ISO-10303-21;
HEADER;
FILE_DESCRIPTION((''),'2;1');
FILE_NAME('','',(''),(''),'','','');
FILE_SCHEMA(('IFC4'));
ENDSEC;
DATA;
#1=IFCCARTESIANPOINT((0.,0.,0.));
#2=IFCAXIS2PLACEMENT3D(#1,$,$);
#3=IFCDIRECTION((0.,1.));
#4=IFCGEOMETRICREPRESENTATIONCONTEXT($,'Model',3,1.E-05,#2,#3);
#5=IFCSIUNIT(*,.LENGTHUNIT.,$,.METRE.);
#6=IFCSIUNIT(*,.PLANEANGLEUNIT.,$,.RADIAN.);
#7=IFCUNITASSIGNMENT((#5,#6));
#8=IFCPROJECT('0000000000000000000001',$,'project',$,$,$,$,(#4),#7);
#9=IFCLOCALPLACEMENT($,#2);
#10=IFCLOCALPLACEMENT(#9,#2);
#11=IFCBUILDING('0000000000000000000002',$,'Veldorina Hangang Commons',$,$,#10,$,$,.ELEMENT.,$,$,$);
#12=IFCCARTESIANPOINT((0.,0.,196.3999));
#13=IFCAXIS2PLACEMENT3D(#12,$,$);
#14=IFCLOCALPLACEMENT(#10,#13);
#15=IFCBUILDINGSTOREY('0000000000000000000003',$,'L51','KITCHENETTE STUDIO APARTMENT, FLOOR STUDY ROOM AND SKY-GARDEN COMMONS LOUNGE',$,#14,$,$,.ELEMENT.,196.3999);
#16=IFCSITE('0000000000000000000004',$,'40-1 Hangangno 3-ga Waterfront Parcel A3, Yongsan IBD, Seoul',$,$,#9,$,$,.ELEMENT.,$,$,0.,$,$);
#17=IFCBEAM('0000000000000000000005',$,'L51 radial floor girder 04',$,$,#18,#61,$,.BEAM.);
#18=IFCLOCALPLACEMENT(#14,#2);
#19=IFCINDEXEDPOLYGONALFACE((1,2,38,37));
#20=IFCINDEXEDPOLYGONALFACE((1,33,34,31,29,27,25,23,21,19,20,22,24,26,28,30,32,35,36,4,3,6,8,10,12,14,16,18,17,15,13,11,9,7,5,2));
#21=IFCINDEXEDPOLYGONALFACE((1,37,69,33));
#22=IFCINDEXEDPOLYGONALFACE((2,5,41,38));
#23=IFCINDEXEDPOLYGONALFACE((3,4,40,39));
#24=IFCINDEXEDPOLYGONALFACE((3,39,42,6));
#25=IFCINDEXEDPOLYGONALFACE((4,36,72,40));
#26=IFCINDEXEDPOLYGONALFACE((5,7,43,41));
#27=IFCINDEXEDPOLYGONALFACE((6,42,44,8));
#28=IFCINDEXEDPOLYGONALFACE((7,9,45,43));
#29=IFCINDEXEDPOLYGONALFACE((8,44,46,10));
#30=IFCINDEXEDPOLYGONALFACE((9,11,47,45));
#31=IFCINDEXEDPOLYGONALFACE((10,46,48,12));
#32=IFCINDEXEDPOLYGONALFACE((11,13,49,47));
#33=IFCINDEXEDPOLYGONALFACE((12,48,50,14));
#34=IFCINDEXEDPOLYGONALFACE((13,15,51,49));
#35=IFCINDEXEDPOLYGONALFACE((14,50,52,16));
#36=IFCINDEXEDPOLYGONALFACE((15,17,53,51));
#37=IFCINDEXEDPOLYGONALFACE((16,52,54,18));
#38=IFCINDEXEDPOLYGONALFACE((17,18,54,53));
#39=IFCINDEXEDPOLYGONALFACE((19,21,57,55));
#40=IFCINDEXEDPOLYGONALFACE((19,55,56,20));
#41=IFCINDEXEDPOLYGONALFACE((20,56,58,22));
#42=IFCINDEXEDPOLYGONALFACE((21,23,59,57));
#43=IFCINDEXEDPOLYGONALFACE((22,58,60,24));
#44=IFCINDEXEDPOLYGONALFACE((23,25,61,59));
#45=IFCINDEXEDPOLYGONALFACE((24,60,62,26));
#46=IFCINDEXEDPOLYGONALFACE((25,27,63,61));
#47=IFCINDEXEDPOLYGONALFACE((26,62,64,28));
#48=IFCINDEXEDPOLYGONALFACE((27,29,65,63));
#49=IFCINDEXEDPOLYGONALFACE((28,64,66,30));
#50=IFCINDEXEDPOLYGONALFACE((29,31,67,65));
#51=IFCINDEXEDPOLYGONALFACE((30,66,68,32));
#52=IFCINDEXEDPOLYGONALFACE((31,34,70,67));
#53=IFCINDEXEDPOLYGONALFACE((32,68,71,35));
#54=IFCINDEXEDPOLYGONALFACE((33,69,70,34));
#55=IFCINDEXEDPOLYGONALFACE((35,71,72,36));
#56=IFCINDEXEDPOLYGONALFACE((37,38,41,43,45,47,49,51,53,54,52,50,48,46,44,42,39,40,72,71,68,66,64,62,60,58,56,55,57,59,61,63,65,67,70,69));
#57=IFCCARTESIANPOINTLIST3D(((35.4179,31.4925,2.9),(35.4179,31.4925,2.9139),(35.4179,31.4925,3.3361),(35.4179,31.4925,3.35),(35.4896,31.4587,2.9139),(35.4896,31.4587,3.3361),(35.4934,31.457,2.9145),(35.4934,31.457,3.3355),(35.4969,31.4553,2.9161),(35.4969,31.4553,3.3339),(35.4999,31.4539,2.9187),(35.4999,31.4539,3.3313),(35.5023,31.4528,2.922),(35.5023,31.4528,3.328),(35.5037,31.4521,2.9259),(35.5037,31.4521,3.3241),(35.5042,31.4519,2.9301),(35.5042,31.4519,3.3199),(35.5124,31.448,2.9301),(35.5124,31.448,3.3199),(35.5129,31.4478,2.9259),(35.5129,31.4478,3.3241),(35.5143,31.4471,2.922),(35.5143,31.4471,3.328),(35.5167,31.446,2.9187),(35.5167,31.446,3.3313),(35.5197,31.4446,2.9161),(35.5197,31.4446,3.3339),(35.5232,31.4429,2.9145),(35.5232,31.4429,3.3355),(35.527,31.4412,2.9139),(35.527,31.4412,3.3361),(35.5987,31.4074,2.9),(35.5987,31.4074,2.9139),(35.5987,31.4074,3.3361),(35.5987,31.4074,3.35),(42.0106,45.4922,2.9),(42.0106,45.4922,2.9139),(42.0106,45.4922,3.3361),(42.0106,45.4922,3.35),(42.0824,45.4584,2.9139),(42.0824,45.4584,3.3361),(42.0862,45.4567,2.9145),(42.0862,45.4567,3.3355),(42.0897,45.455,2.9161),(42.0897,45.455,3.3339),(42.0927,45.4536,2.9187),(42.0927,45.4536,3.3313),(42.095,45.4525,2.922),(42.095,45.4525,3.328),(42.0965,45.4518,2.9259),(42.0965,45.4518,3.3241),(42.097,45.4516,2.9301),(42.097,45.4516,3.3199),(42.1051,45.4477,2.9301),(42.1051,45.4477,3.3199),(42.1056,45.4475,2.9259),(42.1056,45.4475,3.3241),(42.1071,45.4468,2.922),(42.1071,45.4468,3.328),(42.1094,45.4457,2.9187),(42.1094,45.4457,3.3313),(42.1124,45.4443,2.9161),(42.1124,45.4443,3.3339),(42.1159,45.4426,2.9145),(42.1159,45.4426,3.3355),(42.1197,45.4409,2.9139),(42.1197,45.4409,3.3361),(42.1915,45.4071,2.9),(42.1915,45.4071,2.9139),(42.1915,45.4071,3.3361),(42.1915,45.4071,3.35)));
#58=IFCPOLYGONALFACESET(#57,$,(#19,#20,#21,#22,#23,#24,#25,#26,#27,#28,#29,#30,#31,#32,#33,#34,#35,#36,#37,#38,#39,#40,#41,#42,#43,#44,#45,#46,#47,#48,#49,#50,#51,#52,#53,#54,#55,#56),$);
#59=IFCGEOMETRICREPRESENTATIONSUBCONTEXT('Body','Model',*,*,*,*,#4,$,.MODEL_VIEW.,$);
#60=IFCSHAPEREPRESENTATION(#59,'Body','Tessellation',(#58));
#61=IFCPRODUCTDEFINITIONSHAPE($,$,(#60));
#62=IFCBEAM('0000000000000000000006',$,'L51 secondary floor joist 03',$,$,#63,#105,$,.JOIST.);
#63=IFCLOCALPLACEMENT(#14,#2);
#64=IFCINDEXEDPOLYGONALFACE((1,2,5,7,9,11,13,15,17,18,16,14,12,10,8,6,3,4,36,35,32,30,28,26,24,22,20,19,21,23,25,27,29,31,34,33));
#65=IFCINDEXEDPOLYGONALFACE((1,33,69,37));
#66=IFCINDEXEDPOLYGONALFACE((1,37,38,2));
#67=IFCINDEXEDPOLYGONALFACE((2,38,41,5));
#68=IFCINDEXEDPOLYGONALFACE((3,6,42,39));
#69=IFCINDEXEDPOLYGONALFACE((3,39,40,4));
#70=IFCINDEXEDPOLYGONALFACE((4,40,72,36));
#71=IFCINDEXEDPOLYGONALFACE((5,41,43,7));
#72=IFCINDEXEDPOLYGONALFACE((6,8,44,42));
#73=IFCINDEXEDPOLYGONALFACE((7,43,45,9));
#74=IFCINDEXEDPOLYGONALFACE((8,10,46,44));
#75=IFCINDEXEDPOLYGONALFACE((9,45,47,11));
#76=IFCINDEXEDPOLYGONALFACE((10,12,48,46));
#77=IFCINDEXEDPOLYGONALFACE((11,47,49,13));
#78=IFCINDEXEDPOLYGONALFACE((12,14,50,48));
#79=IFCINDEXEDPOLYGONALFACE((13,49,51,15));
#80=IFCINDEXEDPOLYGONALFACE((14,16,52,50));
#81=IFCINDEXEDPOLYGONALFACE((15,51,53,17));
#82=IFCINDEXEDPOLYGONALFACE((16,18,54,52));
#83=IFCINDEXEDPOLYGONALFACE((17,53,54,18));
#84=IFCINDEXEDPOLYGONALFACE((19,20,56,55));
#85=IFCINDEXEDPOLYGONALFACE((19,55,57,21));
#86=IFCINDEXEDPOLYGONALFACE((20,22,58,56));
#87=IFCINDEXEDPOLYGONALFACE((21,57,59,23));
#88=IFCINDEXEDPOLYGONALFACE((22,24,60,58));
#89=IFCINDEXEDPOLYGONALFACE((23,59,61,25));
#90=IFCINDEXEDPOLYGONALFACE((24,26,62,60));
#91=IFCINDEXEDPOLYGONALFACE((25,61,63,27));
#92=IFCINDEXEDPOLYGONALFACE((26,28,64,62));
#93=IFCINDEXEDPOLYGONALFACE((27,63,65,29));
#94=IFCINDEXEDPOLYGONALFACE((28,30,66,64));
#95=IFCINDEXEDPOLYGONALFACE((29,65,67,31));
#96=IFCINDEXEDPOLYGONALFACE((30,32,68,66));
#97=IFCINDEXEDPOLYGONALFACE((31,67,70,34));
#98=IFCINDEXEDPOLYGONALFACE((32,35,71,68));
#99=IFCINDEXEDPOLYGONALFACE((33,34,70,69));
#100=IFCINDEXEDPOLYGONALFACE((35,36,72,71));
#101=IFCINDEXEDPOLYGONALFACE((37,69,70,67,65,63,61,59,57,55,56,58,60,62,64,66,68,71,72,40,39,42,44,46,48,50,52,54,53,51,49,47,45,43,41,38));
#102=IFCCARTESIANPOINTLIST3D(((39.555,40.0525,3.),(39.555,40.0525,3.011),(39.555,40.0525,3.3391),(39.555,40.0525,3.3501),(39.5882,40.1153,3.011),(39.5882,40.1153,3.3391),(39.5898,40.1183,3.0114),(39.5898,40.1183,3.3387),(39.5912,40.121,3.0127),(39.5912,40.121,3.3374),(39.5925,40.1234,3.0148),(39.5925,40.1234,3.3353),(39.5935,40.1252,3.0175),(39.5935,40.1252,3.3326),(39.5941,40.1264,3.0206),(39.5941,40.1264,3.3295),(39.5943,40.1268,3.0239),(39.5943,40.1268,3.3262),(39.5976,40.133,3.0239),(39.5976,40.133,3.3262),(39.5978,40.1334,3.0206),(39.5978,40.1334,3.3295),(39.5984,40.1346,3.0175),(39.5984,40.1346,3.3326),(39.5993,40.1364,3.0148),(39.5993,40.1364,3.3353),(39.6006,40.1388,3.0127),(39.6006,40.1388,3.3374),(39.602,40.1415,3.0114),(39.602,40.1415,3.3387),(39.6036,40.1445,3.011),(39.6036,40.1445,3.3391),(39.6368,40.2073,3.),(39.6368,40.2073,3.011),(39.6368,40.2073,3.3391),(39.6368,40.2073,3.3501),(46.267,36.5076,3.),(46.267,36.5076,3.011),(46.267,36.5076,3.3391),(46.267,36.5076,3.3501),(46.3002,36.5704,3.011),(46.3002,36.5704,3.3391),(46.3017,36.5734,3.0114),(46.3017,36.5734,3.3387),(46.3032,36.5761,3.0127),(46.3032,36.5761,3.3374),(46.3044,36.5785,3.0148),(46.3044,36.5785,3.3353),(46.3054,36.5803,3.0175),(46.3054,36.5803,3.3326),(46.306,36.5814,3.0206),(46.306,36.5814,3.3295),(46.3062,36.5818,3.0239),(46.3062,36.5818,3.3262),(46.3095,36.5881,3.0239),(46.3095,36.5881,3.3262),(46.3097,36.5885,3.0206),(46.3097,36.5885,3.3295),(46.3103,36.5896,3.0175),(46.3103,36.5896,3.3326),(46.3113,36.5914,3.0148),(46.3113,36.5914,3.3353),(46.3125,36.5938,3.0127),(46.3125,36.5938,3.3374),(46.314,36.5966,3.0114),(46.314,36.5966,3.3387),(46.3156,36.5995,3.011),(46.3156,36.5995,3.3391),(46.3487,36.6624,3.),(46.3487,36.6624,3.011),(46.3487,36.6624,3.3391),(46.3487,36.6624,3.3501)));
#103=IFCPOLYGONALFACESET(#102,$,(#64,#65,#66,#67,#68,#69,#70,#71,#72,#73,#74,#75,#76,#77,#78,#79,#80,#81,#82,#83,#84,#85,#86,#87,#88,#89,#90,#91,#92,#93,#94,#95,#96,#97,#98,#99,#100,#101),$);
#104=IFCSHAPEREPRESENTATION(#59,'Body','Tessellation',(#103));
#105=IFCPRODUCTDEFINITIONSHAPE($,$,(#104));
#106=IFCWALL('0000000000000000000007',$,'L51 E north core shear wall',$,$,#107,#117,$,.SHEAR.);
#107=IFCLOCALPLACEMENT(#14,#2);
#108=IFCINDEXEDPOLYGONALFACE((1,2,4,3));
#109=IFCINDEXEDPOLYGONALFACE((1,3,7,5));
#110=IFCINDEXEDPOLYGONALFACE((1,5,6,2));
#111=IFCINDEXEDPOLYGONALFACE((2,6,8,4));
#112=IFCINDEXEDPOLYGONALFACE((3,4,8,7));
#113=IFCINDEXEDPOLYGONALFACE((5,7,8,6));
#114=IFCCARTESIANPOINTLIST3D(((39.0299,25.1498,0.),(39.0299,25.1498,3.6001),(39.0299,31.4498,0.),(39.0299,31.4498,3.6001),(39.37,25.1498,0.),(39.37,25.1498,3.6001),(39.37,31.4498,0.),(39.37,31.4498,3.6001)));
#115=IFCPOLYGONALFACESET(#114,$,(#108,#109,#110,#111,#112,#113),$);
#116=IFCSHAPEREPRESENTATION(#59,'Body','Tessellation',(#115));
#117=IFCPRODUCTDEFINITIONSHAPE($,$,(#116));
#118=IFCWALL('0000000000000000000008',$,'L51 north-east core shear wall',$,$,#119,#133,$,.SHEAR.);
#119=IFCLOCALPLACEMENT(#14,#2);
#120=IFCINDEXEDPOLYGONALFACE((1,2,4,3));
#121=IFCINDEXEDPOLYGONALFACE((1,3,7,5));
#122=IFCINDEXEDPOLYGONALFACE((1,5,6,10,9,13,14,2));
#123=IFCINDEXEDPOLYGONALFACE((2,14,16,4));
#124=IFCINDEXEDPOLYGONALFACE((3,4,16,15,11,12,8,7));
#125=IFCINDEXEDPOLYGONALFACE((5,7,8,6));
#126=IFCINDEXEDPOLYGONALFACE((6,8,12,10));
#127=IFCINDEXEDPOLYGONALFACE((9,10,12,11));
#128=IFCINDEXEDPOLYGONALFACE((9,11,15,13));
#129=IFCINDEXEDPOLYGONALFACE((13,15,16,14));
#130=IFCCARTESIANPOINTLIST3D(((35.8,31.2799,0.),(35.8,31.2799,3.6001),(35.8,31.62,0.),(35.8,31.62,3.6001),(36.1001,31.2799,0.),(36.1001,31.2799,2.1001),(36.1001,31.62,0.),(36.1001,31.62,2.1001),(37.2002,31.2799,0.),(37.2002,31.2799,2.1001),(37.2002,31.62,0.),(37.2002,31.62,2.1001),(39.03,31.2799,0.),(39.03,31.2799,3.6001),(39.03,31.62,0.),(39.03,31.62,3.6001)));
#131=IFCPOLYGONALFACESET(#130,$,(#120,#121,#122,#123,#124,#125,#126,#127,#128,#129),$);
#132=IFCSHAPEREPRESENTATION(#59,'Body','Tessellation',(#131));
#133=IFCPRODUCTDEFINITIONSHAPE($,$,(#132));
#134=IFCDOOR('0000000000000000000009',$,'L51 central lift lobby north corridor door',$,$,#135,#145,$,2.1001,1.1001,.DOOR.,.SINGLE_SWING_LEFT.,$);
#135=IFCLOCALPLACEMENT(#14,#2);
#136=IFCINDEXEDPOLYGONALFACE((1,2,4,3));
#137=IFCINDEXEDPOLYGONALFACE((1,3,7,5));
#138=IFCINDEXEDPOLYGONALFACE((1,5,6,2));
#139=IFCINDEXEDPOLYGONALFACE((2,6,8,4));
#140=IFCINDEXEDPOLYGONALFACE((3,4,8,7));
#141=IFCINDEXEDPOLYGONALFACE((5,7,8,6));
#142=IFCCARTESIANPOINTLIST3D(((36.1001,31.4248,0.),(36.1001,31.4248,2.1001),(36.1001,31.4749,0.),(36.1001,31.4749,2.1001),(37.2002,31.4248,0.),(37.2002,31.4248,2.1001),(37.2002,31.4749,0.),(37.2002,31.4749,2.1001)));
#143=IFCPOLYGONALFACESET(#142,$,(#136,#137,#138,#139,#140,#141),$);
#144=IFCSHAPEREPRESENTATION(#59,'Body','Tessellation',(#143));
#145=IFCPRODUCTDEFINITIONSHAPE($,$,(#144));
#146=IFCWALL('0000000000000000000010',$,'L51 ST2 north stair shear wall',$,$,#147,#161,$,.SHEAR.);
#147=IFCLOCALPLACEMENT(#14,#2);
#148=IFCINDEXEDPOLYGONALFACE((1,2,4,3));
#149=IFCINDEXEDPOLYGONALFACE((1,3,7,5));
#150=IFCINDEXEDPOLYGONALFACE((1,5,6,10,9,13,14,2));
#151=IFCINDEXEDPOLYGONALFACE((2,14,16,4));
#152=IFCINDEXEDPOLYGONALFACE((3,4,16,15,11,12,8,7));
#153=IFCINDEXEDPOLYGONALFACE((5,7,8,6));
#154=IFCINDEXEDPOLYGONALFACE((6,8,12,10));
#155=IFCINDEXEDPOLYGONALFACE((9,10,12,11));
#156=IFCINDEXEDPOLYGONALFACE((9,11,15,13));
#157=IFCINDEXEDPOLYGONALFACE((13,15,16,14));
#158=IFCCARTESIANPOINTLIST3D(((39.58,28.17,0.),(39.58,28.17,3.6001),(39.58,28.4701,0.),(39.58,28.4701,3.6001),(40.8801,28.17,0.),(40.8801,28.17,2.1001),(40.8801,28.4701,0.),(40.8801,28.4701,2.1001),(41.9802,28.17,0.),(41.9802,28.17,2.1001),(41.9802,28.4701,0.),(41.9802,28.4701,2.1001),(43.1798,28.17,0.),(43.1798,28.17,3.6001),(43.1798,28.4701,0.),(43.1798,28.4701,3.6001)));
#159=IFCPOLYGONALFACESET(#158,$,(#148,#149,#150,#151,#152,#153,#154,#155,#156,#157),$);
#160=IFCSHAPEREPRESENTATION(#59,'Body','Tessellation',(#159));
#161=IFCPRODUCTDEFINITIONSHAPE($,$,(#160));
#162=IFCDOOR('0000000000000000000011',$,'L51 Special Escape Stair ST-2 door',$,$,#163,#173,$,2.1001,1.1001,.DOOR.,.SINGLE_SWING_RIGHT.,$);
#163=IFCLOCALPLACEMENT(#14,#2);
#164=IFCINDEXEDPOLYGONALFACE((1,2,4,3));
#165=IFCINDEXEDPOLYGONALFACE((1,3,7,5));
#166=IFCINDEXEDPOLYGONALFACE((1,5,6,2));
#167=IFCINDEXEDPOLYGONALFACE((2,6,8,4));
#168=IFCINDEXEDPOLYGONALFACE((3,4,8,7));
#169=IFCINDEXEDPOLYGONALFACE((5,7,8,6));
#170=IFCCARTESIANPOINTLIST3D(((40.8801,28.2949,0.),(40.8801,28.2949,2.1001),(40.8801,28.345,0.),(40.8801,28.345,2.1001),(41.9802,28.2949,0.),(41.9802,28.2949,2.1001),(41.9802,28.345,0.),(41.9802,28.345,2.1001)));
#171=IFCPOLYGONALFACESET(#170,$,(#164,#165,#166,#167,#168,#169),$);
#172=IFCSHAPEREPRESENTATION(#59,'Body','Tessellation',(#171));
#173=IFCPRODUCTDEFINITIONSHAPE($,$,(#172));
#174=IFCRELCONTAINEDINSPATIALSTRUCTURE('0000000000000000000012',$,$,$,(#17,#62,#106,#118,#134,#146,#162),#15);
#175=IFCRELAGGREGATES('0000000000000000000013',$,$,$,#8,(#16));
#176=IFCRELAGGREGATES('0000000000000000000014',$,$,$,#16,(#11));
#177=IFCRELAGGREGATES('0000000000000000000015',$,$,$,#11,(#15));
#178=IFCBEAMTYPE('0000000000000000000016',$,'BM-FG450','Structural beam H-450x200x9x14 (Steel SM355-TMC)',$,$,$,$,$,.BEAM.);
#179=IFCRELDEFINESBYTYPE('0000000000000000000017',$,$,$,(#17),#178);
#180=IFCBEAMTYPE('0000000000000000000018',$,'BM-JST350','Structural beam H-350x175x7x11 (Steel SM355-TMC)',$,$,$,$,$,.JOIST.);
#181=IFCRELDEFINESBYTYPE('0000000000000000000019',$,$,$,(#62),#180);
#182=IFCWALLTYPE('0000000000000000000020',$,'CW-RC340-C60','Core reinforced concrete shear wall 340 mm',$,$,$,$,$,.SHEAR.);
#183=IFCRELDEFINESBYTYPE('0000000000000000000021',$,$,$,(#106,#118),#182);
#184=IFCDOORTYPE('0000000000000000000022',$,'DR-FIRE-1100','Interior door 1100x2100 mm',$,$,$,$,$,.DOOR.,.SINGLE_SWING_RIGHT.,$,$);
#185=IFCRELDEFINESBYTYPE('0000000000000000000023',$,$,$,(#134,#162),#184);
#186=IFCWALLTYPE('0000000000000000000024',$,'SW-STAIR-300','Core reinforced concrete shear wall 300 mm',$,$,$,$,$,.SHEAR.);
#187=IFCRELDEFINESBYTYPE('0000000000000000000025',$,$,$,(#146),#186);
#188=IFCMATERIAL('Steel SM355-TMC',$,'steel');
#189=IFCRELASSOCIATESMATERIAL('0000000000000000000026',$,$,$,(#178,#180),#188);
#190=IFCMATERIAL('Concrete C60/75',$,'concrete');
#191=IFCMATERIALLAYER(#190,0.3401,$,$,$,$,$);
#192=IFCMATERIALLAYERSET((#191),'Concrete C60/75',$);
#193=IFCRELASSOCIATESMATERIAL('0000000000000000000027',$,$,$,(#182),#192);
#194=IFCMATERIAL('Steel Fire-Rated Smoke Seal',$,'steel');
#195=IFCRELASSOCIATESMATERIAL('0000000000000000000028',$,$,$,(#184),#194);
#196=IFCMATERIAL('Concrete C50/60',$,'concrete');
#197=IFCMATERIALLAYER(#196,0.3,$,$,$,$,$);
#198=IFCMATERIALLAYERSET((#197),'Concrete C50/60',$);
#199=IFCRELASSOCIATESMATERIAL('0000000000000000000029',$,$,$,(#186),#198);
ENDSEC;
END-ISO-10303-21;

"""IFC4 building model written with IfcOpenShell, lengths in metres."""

from ifc_helpers import new_model, si_unit, direction, frame, frame_2d, origin, origin_2d, place, context, subcontext, project, spatial, rectangle, i_section, extrude, material, layer, layer_set, material_profile, profile_set, type_object, element, fill, save


model = new_model("IFC4")

# Units and contexts
model_context = context("Model", 3, precision=1e-05, world=origin(), true_north=direction((0.0, 1.0)))
body_context = subcontext(model_context, "Body", "Model", "MODEL_VIEW")
ifc_project = project(units=[si_unit("LENGTHUNIT", "METRE"), si_unit("PLANEANGLEUNIT", "RADIAN")], contexts=[model_context])

# Site, building, storey
site_placement = place(None, origin())
site = spatial("IfcSite", under=ifc_project, at=site_placement, Name="40-1 Hangangno 3-ga Waterfront Parcel A3, Yongsan IBD, Seoul", CompositionType="ELEMENT", RefElevation=0.0)
building_placement = place(site_placement, origin())
building = spatial("IfcBuilding", under=site, at=building_placement, Name="Veldorina Hangang Commons", CompositionType="ELEMENT")
storey_placement = place(building_placement, frame((0.0, 0.0, 196.3999)))
storey = spatial("IfcBuildingStorey", under=building, at=storey_placement, Name="L51", Description="KITCHENETTE STUDIO APARTMENT, FLOOR STUDY ROOM AND SKY-GARDEN COMMONS LOUNGE", CompositionType="ELEMENT", Elevation=196.3999)

# Beams
ifc_material_1 = material(Name="Concrete C60/75", Category="concrete")
ifc_material_2 = material(Name="Steel SM355-TMC", Category="steel")
ifc_material_profile_1 = material_profile(ifc_material_2, i_section(OverallWidth=0.2, OverallDepth=0.45, WebThickness=0.009, FlangeThickness=0.0139, FilletRadius=0.0161, at=origin_2d()), Name="H-450x200x9x14")
ifc_profile_set_1 = profile_set([ifc_material_profile_1], Name="Steel SM355-TMC")
beam_type_1 = type_object("IfcBeamType", Name="BM-FG450", Description="Structural beam H-450x200x9x14 (Steel SM355-TMC)", PredefinedType="BEAM", material=ifc_profile_set_1)
beam_1_placement = place(storey_placement, frame((35.5083, 31.45, 3.125), z_axis=(0.426043, 0.904703, 0.0), x_axis=(-0.904703, 0.426043, 0.0)))
element("IfcBeam", 1, at=beam_1_placement, inside=storey, type_object=beam_type_1, Name="L51 radial floor girder 04", PredefinedType="BEAM", context=body_context, shape_type="SweptSolid", body=[
    extrude(i_section(OverallWidth=0.2, OverallDepth=0.45, WebThickness=0.009, FlangeThickness=0.0139, FilletRadius=0.0161, at=origin_2d()), origin(), (0.0, 0.0, 1.0), 15.4744),
])
ifc_material_profile_2 = material_profile(ifc_material_2, i_section(OverallWidth=0.175, OverallDepth=0.3501, WebThickness=0.0071, FlangeThickness=0.011, FilletRadius=0.0129, at=origin_2d()), Name="H-350x175x7x11")
ifc_profile_set_2 = profile_set([ifc_material_profile_2], Name="Steel SM355-TMC")
beam_type_2 = type_object("IfcBeamType", Name="BM-JST350", Description="Structural beam H-350x175x7x11 (Steel SM355-TMC)", PredefinedType="JOIST", material=ifc_profile_set_2)
beam_2_placement = place(storey_placement, frame((46.3079, 36.585, 3.175), z_axis=(-0.884248, 0.467019, 0.0), x_axis=(-0.467019, -0.884248, 0.0)))
element("IfcBeam", 2, at=beam_2_placement, inside=storey, type_object=beam_type_2, Name="L51 secondary floor joist 03", PredefinedType="JOIST", context=body_context, shape_type="SweptSolid", body=[
    extrude(i_section(OverallWidth=0.175, OverallDepth=0.3501, WebThickness=0.0071, FlangeThickness=0.011, FilletRadius=0.0129, at=origin_2d()), origin(), (0.0, 0.0, 1.0), 7.5906),
])

# Wall
ifc_layer_1 = layer(ifc_material_1, 0.3401)
ifc_layer_set_1 = layer_set([ifc_layer_1], Name="Concrete C60/75")
wall_type_1 = type_object("IfcWallType", Name="CW-RC340-C60", Description="Core reinforced concrete shear wall 340 mm", PredefinedType="SHEAR", material=ifc_layer_set_1)
wall_1_placement = place(storey_placement, frame((39.2, 25.1499, 0.0), z_axis=(0.0, 0.0, 1.0), x_axis=(0.0, 1.0, 0.0)))
element("IfcWall", 3, at=wall_1_placement, inside=storey, type_object=wall_type_1, Name="L51 E north core shear wall", PredefinedType="SHEAR", context=body_context, shape_type="SweptSolid", body=[
    extrude(rectangle(XDim=6.3, YDim=0.3401, at=frame_2d((3.1499, 0.0))), origin(), (0.0, 0.0, 1.0), 3.6001),
])

# Walls, openings, doors
wall_2_placement = place(storey_placement, frame((35.8, 31.45, 0.0), z_axis=(0.0, 0.0, 1.0), x_axis=(1.0, 0.0, 0.0)))
wall_2 = element("IfcWall", 4, at=wall_2_placement, inside=storey, type_object=wall_type_1, Name="L51 north-east core shear wall", PredefinedType="SHEAR", context=body_context, shape_type="SweptSolid", body=[
    extrude(rectangle(XDim=3.23, YDim=0.3401, at=frame_2d((1.615, 0.0))), origin(), (0.0, 0.0, 1.0), 3.6001),
])
opening_1_placement = place(wall_2_placement, frame((0.3, 0.0, 0.0)))
opening_1 = element("IfcOpeningElement", 5, at=opening_1_placement, cuts=wall_2, PredefinedType="OPENING", context=body_context, shape_type="SweptSolid", body=[
    extrude(rectangle(XDim=1.1001, YDim=2.1001, at=frame_2d((0.55, 1.05))), frame((0.0, 0.1802, 0.0), z_axis=(0.0, -1.0, 0.0), x_axis=(1.0, 0.0, 0.0)), (0.0, 0.0, 1.0), 0.3601),
])
ifc_material_3 = material(Name="Steel Fire-Rated Smoke Seal", Category="steel")
door_type_1 = type_object("IfcDoorType", Name="DR-FIRE-1100", Description="Interior door 1100x2100 mm", OperationType="SINGLE_SWING_RIGHT", PredefinedType="DOOR", material=ifc_material_3)
door_1_placement = place(opening_1_placement, origin())
door_1 = element("IfcDoor", 6, at=door_1_placement, inside=storey, type_object=door_type_1, Name="L51 central lift lobby north corridor door", OperationType="SINGLE_SWING_LEFT", OverallHeight=2.1001, OverallWidth=1.1001, PredefinedType="DOOR", context=body_context, shape_type="SweptSolid", body=[
    extrude(rectangle(XDim=1.1001, YDim=2.1001, at=frame_2d((0.55, 1.05))), frame((0.0, 0.0249, 0.0), z_axis=(0.0, -1.0, 0.0), x_axis=(1.0, 0.0, 0.0)), (0.0, 0.0, 1.0), 0.05),
])
fill(opening_1, door_1)
ifc_material_4 = material(Name="Concrete C50/60", Category="concrete")
ifc_layer_2 = layer(ifc_material_4, 0.3)
ifc_layer_set_2 = layer_set([ifc_layer_2], Name="Concrete C50/60")
wall_type_2 = type_object("IfcWallType", Name="SW-STAIR-300", Description="Core reinforced concrete shear wall 300 mm", PredefinedType="SHEAR", material=ifc_layer_set_2)
wall_3_placement = place(storey_placement, frame((39.5801, 28.3201, 0.0), z_axis=(0.0, 0.0, 1.0), x_axis=(1.0, 0.0, 0.0)))
wall_3 = element("IfcWall", 7, at=wall_3_placement, inside=storey, type_object=wall_type_2, Name="L51 ST2 north stair shear wall", PredefinedType="SHEAR", context=body_context, shape_type="SweptSolid", body=[
    extrude(rectangle(XDim=3.5999, YDim=0.3, at=frame_2d((1.7998, 0.0))), origin(), (0.0, 0.0, 1.0), 3.6001),
])
opening_2_placement = place(wall_3_placement, frame((1.3, 0.0, 0.0)))
opening_2 = element("IfcOpeningElement", 8, at=opening_2_placement, cuts=wall_3, PredefinedType="OPENING", context=body_context, shape_type="SweptSolid", body=[
    extrude(rectangle(XDim=1.1001, YDim=2.1001, at=frame_2d((0.55, 1.05))), frame((0.0, 0.1602, 0.0), z_axis=(0.0, -1.0, 0.0), x_axis=(1.0, 0.0, 0.0)), (0.0, 0.0, 1.0), 0.3201),
])
door_2_placement = place(opening_2_placement, origin())
door_2 = element("IfcDoor", 9, at=door_2_placement, inside=storey, type_object=door_type_1, Name="L51 Special Escape Stair ST-2 door", OperationType="SINGLE_SWING_RIGHT", OverallHeight=2.1001, OverallWidth=1.1001, PredefinedType="DOOR", context=body_context, shape_type="SweptSolid", body=[
    extrude(rectangle(XDim=1.1001, YDim=2.1001, at=frame_2d((0.55, 1.05))), frame((0.0, 0.0249, 0.0), z_axis=(0.0, -1.0, 0.0), x_axis=(1.0, 0.0, 0.0)), (0.0, 0.0, 1.0), 0.05),
])
fill(opening_2, door_2)

save(model, "model.ifc")
